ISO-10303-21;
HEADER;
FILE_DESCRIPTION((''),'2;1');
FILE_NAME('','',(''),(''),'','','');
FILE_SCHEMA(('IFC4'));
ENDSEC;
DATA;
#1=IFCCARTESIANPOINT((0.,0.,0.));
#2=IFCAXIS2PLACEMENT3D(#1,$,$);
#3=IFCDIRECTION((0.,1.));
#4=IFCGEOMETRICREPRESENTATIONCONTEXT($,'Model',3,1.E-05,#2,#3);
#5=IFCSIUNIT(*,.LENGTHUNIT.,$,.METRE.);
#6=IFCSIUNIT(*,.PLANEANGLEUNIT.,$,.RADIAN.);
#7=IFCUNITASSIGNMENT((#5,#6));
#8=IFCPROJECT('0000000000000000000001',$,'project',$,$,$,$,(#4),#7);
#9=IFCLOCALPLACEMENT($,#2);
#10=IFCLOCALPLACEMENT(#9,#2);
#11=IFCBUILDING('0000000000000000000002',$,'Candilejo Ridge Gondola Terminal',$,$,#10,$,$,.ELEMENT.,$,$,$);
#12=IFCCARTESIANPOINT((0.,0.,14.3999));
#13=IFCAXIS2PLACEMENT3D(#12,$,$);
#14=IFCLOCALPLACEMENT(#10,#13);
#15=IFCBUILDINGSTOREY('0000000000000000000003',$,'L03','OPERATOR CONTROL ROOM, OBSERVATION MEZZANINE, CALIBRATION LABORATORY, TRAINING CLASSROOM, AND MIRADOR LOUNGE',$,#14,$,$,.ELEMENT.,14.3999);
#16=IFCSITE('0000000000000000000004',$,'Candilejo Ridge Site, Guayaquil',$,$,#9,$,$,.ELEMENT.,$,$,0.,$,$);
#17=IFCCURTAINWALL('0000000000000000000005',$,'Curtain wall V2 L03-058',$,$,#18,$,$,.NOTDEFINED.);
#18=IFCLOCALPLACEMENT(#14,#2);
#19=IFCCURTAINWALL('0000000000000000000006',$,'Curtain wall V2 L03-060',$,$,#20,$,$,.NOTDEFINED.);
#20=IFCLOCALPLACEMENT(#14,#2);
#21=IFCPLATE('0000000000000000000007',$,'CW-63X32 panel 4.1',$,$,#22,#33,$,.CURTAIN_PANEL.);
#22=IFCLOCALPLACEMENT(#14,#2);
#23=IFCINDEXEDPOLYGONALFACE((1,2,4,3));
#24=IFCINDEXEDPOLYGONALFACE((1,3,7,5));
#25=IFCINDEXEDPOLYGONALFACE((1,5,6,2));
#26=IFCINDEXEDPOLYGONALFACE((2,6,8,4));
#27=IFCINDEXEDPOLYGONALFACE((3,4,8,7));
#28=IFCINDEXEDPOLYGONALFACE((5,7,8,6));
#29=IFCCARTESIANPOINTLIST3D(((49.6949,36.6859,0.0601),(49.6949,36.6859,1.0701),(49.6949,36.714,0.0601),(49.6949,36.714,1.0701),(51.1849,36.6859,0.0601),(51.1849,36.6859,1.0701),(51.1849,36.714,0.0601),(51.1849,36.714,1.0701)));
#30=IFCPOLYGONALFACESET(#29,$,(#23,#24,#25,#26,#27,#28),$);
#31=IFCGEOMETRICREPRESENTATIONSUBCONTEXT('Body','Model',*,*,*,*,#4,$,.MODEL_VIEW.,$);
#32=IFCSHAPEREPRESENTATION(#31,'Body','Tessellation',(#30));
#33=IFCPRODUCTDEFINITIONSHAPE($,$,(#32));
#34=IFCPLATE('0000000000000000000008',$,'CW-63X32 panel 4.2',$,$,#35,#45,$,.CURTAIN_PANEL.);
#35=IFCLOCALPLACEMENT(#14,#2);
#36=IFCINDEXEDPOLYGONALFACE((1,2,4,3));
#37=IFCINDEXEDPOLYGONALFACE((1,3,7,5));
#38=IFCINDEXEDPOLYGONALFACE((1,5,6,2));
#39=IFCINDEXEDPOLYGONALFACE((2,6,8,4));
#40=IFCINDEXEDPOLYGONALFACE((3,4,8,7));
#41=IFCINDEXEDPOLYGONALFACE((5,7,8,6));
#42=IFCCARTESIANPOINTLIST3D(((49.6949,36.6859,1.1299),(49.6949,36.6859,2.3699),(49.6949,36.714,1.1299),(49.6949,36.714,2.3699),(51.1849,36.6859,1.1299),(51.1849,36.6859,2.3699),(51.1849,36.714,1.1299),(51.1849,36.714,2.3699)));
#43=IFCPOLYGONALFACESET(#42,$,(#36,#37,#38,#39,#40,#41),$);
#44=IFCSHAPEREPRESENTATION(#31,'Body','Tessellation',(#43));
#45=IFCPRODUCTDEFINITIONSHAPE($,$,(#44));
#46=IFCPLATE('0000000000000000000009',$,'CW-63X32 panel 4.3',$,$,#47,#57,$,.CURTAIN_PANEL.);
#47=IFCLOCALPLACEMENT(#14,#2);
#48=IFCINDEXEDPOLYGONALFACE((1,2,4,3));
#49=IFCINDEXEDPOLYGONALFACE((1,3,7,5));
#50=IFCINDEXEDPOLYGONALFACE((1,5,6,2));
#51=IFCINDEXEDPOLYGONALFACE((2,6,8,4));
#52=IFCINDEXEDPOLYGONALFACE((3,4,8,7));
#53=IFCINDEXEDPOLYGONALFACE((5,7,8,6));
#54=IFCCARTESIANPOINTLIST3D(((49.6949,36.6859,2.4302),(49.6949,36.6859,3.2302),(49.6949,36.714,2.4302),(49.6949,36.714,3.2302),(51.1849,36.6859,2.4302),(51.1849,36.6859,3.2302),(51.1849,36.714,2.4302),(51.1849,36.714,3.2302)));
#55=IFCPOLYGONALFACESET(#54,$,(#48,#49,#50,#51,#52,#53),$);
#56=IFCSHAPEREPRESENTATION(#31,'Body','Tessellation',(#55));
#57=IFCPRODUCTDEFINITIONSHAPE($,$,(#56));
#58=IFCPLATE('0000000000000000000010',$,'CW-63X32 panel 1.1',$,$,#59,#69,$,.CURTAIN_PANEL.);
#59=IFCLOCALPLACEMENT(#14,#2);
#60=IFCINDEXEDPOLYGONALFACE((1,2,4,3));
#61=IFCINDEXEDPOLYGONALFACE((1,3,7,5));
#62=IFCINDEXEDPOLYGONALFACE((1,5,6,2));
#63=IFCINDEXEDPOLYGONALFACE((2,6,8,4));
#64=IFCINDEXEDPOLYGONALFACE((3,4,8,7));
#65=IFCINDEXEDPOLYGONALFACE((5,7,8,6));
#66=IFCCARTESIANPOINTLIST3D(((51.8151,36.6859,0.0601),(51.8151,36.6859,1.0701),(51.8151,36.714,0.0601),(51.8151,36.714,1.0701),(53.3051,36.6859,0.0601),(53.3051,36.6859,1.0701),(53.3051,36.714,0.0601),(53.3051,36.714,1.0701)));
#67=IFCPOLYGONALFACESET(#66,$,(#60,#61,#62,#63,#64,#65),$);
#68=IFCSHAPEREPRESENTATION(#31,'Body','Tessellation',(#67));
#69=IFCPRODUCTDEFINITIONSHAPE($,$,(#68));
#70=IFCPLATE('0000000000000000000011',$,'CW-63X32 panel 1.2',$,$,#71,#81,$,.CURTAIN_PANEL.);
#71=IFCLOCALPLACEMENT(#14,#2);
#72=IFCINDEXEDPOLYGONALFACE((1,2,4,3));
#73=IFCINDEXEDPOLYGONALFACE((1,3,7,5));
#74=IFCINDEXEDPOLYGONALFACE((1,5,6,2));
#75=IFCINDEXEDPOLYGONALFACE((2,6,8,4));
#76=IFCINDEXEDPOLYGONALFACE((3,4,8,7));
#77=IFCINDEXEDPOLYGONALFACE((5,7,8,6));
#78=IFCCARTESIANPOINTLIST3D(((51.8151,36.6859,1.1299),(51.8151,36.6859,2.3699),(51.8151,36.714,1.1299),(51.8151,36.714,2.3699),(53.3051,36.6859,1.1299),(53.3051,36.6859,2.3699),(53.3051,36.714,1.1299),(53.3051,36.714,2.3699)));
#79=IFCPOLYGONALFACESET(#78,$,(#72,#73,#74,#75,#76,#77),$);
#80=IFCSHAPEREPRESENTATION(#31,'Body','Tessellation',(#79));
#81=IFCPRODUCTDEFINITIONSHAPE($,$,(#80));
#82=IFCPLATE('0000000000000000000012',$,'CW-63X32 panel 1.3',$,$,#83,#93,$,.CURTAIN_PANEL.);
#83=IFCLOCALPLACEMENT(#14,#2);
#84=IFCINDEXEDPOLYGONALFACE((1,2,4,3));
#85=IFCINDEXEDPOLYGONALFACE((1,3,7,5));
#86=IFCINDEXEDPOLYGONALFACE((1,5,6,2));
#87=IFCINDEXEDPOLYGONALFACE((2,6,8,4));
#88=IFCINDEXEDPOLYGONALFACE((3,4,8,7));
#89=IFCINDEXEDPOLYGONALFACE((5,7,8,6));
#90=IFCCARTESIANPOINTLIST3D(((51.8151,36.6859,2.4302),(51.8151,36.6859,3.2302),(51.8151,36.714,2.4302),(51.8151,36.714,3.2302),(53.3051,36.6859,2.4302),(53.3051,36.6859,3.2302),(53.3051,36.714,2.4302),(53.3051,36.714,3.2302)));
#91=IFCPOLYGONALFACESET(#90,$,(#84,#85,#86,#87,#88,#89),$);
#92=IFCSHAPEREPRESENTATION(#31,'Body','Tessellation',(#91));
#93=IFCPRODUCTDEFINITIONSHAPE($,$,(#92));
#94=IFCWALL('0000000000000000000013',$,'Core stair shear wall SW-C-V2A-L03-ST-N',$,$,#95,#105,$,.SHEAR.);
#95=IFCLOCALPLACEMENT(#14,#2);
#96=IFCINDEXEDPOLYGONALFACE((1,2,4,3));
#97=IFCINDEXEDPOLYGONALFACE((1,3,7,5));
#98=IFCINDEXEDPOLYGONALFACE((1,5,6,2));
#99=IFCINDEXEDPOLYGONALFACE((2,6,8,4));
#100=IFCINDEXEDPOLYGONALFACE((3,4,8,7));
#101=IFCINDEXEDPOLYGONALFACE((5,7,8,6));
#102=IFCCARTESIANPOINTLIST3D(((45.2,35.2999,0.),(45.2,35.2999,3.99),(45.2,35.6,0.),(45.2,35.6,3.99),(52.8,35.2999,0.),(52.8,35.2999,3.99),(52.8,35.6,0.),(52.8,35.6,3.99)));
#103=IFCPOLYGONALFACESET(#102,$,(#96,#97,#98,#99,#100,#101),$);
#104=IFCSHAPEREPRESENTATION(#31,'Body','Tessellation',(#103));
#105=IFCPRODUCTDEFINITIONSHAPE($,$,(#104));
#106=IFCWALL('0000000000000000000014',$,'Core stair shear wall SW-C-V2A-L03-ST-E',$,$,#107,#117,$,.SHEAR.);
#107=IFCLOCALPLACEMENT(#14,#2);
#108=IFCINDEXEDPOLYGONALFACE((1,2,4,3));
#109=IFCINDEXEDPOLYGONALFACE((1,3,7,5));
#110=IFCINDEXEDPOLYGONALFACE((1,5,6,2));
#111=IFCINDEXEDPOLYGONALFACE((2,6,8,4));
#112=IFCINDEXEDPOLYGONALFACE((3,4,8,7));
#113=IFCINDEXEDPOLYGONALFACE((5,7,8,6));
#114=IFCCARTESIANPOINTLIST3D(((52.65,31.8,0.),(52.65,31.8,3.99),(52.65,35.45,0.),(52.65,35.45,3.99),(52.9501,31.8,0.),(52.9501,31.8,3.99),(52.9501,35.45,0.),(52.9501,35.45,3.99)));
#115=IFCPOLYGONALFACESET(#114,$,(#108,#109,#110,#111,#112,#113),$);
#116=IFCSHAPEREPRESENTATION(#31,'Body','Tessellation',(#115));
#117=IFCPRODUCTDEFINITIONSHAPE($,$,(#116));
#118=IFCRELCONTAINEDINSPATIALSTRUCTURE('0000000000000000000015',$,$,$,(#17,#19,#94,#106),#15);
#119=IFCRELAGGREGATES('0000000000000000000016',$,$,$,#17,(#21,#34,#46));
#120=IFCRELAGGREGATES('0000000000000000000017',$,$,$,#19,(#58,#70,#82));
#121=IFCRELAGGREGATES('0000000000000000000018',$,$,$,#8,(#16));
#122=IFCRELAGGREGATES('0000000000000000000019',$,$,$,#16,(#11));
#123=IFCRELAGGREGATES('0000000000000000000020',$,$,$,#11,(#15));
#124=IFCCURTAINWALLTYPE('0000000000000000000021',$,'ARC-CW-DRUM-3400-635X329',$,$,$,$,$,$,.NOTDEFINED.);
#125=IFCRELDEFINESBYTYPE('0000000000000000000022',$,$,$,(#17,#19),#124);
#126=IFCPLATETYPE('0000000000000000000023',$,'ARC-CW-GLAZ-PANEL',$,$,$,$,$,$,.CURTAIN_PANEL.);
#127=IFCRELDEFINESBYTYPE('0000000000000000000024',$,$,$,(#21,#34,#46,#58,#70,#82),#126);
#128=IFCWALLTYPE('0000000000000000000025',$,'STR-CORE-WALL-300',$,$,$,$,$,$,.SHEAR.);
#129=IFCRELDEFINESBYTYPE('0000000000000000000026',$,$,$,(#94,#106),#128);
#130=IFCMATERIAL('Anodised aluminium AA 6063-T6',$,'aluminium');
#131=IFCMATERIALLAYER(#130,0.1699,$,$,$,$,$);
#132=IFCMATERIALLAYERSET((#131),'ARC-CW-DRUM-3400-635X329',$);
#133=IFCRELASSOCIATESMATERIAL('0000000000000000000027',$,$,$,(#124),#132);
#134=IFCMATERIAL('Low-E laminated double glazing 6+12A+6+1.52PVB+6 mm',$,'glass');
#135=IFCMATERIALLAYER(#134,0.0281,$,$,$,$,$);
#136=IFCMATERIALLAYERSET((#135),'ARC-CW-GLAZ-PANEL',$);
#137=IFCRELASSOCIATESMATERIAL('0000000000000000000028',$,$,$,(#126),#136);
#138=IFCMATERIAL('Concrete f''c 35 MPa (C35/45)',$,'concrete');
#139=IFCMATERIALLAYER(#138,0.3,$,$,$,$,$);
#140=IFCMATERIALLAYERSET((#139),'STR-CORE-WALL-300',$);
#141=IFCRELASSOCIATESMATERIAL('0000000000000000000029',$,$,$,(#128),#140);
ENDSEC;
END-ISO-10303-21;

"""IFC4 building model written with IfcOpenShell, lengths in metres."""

from ifc_helpers import new_model, si_unit, direction, frame, frame_2d, origin, origin_2d, place, context, subcontext, project, spatial, rectangle, extrude, material, layer, layer_set, type_object, element, aggregate, save


model = new_model("IFC4")

# Units and contexts
model_context = context("Model", 3, precision=1e-05, world=origin(), true_north=direction((0.0, 1.0)))
body_context = subcontext(model_context, "Body", "Model", "MODEL_VIEW")
ifc_project = project(units=[si_unit("LENGTHUNIT", "METRE"), si_unit("PLANEANGLEUNIT", "RADIAN")], contexts=[model_context])

# Site, building, storey
site_placement = place(None, origin())
site = spatial("IfcSite", under=ifc_project, at=site_placement, Name="Candilejo Ridge Site, Guayaquil", CompositionType="ELEMENT", RefElevation=0.0)
building_placement = place(site_placement, origin())
building = spatial("IfcBuilding", under=site, at=building_placement, Name="Candilejo Ridge Gondola Terminal", CompositionType="ELEMENT")
storey_placement = place(building_placement, frame((0.0, 0.0, 14.3999)))
storey = spatial("IfcBuildingStorey", under=building, at=storey_placement, Name="L03", Description="OPERATOR CONTROL ROOM, OBSERVATION MEZZANINE, CALIBRATION LABORATORY, TRAINING CLASSROOM, AND MIRADOR LOUNGE", CompositionType="ELEMENT", Elevation=14.3999)

# Curtain wall
ifc_material_1 = material(Name="Anodised aluminium AA 6063-T6", Category="aluminium")
ifc_layer_1 = layer(ifc_material_1, 0.1699)
ifc_layer_set_1 = layer_set([ifc_layer_1], Name="ARC-CW-DRUM-3400-635X329")
curtain_wall_type = type_object("IfcCurtainWallType", Name="ARC-CW-DRUM-3400-635X329", PredefinedType="NOTDEFINED", material=ifc_layer_set_1)
curtain_wall_1_placement = place(storey_placement, origin())
curtain_wall_1 = element("IfcCurtainWall", 1, at=curtain_wall_1_placement, inside=storey, type_object=curtain_wall_type, Name="Curtain wall V2 L03-058", PredefinedType="NOTDEFINED")

# Curtain wall
curtain_wall_2_placement = place(storey_placement, origin())
curtain_wall_2 = element("IfcCurtainWall", 2, at=curtain_wall_2_placement, inside=storey, type_object=curtain_wall_type, Name="Curtain wall V2 L03-060", PredefinedType="NOTDEFINED")

# Plates
ifc_material_2 = material(Name="Low-E laminated double glazing 6+12A+6+1.52PVB+6 mm", Category="glass")
ifc_layer_2 = layer(ifc_material_2, 0.0281)
ifc_layer_set_2 = layer_set([ifc_layer_2], Name="ARC-CW-GLAZ-PANEL")
plate_type = type_object("IfcPlateType", Name="ARC-CW-GLAZ-PANEL", PredefinedType="CURTAIN_PANEL", material=ifc_layer_set_2)
plate_1_placement = place(storey_placement, frame((50.4399, 36.7, 0.0601), z_axis=(0.0, 0.0, 1.0), x_axis=(1.0, 0.0, 0.0)))
plate_1 = element("IfcPlate", 3, at=plate_1_placement, type_object=plate_type, Name="CW-63X32 panel 4.1", PredefinedType="CURTAIN_PANEL", context=body_context, shape_type="SweptSolid", body=[
    extrude(rectangle(XDim=1.49, YDim=0.0281, at=origin_2d()), origin(), (0.0, 0.0, 1.0), 1.01),
])
plate_2_placement = place(storey_placement, frame((50.4399, 36.7, 1.1299), z_axis=(0.0, 0.0, 1.0), x_axis=(1.0, 0.0, 0.0)))
plate_2 = element("IfcPlate", 4, at=plate_2_placement, type_object=plate_type, Name="CW-63X32 panel 4.2", PredefinedType="CURTAIN_PANEL", context=body_context, shape_type="SweptSolid", body=[
    extrude(rectangle(XDim=1.49, YDim=0.0281, at=origin_2d()), origin(), (0.0, 0.0, 1.0), 1.24),
])
plate_3_placement = place(storey_placement, frame((50.4399, 36.7, 2.4302), z_axis=(0.0, 0.0, 1.0), x_axis=(1.0, 0.0, 0.0)))
plate_3 = element("IfcPlate", 5, at=plate_3_placement, type_object=plate_type, Name="CW-63X32 panel 4.3", PredefinedType="CURTAIN_PANEL", context=body_context, shape_type="SweptSolid", body=[
    extrude(rectangle(XDim=1.49, YDim=0.0281, at=origin_2d()), origin(), (0.0, 0.0, 1.0), 0.8),
])
aggregate(curtain_wall_1, [plate_1, plate_2, plate_3])
plate_4_placement = place(storey_placement, frame((52.5601, 36.7, 0.0601), z_axis=(0.0, 0.0, 1.0), x_axis=(1.0, 0.0, 0.0)))
plate_4 = element("IfcPlate", 6, at=plate_4_placement, type_object=plate_type, Name="CW-63X32 panel 1.1", PredefinedType="CURTAIN_PANEL", context=body_context, shape_type="SweptSolid", body=[
    extrude(rectangle(XDim=1.49, YDim=0.0281, at=origin_2d()), origin(), (0.0, 0.0, 1.0), 1.01),
])
plate_5_placement = place(storey_placement, frame((52.5601, 36.7, 1.1299), z_axis=(0.0, 0.0, 1.0), x_axis=(1.0, 0.0, 0.0)))
plate_5 = element("IfcPlate", 7, at=plate_5_placement, type_object=plate_type, Name="CW-63X32 panel 1.2", PredefinedType="CURTAIN_PANEL", context=body_context, shape_type="SweptSolid", body=[
    extrude(rectangle(XDim=1.49, YDim=0.0281, at=origin_2d()), origin(), (0.0, 0.0, 1.0), 1.24),
])
plate_6_placement = place(storey_placement, frame((52.5601, 36.7, 2.4302), z_axis=(0.0, 0.0, 1.0), x_axis=(1.0, 0.0, 0.0)))
plate_6 = element("IfcPlate", 8, at=plate_6_placement, type_object=plate_type, Name="CW-63X32 panel 1.3", PredefinedType="CURTAIN_PANEL", context=body_context, shape_type="SweptSolid", body=[
    extrude(rectangle(XDim=1.49, YDim=0.0281, at=origin_2d()), origin(), (0.0, 0.0, 1.0), 0.8),
])
aggregate(curtain_wall_2, [plate_4, plate_5, plate_6])

# Walls
ifc_material_3 = material(Name="Concrete f'c 35 MPa (C35/45)", Category="concrete")
ifc_layer_3 = layer(ifc_material_3, 0.3)
ifc_layer_set_3 = layer_set([ifc_layer_3], Name="STR-CORE-WALL-300")
wall_type = type_object("IfcWallType", Name="STR-CORE-WALL-300", PredefinedType="SHEAR", material=ifc_layer_set_3)
wall_1_placement = place(storey_placement, frame((52.8, 35.45, 0.0), z_axis=(0.0, 0.0, 1.0), x_axis=(-1.0, 0.0, 0.0)))
element("IfcWall", 9, at=wall_1_placement, inside=storey, type_object=wall_type, Name="Core stair shear wall SW-C-V2A-L03-ST-N", PredefinedType="SHEAR", context=body_context, shape_type="SweptSolid", body=[
    extrude(rectangle(XDim=7.6001, YDim=0.3, at=frame_2d((3.8, 0.0))), origin(), (0.0, 0.0, 1.0), 3.99),
])
wall_2_placement = place(storey_placement, frame((52.8, 31.8, 0.0), z_axis=(0.0, 0.0, 1.0), x_axis=(0.0, 1.0, 0.0)))
element("IfcWall", 10, at=wall_2_placement, inside=storey, type_object=wall_type, Name="Core stair shear wall SW-C-V2A-L03-ST-E", PredefinedType="SHEAR", context=body_context, shape_type="SweptSolid", body=[
    extrude(rectangle(XDim=3.6499, YDim=0.3, at=frame_2d((1.825, 0.0))), origin(), (0.0, 0.0, 1.0), 3.99),
])

save(model, "model.ifc")
